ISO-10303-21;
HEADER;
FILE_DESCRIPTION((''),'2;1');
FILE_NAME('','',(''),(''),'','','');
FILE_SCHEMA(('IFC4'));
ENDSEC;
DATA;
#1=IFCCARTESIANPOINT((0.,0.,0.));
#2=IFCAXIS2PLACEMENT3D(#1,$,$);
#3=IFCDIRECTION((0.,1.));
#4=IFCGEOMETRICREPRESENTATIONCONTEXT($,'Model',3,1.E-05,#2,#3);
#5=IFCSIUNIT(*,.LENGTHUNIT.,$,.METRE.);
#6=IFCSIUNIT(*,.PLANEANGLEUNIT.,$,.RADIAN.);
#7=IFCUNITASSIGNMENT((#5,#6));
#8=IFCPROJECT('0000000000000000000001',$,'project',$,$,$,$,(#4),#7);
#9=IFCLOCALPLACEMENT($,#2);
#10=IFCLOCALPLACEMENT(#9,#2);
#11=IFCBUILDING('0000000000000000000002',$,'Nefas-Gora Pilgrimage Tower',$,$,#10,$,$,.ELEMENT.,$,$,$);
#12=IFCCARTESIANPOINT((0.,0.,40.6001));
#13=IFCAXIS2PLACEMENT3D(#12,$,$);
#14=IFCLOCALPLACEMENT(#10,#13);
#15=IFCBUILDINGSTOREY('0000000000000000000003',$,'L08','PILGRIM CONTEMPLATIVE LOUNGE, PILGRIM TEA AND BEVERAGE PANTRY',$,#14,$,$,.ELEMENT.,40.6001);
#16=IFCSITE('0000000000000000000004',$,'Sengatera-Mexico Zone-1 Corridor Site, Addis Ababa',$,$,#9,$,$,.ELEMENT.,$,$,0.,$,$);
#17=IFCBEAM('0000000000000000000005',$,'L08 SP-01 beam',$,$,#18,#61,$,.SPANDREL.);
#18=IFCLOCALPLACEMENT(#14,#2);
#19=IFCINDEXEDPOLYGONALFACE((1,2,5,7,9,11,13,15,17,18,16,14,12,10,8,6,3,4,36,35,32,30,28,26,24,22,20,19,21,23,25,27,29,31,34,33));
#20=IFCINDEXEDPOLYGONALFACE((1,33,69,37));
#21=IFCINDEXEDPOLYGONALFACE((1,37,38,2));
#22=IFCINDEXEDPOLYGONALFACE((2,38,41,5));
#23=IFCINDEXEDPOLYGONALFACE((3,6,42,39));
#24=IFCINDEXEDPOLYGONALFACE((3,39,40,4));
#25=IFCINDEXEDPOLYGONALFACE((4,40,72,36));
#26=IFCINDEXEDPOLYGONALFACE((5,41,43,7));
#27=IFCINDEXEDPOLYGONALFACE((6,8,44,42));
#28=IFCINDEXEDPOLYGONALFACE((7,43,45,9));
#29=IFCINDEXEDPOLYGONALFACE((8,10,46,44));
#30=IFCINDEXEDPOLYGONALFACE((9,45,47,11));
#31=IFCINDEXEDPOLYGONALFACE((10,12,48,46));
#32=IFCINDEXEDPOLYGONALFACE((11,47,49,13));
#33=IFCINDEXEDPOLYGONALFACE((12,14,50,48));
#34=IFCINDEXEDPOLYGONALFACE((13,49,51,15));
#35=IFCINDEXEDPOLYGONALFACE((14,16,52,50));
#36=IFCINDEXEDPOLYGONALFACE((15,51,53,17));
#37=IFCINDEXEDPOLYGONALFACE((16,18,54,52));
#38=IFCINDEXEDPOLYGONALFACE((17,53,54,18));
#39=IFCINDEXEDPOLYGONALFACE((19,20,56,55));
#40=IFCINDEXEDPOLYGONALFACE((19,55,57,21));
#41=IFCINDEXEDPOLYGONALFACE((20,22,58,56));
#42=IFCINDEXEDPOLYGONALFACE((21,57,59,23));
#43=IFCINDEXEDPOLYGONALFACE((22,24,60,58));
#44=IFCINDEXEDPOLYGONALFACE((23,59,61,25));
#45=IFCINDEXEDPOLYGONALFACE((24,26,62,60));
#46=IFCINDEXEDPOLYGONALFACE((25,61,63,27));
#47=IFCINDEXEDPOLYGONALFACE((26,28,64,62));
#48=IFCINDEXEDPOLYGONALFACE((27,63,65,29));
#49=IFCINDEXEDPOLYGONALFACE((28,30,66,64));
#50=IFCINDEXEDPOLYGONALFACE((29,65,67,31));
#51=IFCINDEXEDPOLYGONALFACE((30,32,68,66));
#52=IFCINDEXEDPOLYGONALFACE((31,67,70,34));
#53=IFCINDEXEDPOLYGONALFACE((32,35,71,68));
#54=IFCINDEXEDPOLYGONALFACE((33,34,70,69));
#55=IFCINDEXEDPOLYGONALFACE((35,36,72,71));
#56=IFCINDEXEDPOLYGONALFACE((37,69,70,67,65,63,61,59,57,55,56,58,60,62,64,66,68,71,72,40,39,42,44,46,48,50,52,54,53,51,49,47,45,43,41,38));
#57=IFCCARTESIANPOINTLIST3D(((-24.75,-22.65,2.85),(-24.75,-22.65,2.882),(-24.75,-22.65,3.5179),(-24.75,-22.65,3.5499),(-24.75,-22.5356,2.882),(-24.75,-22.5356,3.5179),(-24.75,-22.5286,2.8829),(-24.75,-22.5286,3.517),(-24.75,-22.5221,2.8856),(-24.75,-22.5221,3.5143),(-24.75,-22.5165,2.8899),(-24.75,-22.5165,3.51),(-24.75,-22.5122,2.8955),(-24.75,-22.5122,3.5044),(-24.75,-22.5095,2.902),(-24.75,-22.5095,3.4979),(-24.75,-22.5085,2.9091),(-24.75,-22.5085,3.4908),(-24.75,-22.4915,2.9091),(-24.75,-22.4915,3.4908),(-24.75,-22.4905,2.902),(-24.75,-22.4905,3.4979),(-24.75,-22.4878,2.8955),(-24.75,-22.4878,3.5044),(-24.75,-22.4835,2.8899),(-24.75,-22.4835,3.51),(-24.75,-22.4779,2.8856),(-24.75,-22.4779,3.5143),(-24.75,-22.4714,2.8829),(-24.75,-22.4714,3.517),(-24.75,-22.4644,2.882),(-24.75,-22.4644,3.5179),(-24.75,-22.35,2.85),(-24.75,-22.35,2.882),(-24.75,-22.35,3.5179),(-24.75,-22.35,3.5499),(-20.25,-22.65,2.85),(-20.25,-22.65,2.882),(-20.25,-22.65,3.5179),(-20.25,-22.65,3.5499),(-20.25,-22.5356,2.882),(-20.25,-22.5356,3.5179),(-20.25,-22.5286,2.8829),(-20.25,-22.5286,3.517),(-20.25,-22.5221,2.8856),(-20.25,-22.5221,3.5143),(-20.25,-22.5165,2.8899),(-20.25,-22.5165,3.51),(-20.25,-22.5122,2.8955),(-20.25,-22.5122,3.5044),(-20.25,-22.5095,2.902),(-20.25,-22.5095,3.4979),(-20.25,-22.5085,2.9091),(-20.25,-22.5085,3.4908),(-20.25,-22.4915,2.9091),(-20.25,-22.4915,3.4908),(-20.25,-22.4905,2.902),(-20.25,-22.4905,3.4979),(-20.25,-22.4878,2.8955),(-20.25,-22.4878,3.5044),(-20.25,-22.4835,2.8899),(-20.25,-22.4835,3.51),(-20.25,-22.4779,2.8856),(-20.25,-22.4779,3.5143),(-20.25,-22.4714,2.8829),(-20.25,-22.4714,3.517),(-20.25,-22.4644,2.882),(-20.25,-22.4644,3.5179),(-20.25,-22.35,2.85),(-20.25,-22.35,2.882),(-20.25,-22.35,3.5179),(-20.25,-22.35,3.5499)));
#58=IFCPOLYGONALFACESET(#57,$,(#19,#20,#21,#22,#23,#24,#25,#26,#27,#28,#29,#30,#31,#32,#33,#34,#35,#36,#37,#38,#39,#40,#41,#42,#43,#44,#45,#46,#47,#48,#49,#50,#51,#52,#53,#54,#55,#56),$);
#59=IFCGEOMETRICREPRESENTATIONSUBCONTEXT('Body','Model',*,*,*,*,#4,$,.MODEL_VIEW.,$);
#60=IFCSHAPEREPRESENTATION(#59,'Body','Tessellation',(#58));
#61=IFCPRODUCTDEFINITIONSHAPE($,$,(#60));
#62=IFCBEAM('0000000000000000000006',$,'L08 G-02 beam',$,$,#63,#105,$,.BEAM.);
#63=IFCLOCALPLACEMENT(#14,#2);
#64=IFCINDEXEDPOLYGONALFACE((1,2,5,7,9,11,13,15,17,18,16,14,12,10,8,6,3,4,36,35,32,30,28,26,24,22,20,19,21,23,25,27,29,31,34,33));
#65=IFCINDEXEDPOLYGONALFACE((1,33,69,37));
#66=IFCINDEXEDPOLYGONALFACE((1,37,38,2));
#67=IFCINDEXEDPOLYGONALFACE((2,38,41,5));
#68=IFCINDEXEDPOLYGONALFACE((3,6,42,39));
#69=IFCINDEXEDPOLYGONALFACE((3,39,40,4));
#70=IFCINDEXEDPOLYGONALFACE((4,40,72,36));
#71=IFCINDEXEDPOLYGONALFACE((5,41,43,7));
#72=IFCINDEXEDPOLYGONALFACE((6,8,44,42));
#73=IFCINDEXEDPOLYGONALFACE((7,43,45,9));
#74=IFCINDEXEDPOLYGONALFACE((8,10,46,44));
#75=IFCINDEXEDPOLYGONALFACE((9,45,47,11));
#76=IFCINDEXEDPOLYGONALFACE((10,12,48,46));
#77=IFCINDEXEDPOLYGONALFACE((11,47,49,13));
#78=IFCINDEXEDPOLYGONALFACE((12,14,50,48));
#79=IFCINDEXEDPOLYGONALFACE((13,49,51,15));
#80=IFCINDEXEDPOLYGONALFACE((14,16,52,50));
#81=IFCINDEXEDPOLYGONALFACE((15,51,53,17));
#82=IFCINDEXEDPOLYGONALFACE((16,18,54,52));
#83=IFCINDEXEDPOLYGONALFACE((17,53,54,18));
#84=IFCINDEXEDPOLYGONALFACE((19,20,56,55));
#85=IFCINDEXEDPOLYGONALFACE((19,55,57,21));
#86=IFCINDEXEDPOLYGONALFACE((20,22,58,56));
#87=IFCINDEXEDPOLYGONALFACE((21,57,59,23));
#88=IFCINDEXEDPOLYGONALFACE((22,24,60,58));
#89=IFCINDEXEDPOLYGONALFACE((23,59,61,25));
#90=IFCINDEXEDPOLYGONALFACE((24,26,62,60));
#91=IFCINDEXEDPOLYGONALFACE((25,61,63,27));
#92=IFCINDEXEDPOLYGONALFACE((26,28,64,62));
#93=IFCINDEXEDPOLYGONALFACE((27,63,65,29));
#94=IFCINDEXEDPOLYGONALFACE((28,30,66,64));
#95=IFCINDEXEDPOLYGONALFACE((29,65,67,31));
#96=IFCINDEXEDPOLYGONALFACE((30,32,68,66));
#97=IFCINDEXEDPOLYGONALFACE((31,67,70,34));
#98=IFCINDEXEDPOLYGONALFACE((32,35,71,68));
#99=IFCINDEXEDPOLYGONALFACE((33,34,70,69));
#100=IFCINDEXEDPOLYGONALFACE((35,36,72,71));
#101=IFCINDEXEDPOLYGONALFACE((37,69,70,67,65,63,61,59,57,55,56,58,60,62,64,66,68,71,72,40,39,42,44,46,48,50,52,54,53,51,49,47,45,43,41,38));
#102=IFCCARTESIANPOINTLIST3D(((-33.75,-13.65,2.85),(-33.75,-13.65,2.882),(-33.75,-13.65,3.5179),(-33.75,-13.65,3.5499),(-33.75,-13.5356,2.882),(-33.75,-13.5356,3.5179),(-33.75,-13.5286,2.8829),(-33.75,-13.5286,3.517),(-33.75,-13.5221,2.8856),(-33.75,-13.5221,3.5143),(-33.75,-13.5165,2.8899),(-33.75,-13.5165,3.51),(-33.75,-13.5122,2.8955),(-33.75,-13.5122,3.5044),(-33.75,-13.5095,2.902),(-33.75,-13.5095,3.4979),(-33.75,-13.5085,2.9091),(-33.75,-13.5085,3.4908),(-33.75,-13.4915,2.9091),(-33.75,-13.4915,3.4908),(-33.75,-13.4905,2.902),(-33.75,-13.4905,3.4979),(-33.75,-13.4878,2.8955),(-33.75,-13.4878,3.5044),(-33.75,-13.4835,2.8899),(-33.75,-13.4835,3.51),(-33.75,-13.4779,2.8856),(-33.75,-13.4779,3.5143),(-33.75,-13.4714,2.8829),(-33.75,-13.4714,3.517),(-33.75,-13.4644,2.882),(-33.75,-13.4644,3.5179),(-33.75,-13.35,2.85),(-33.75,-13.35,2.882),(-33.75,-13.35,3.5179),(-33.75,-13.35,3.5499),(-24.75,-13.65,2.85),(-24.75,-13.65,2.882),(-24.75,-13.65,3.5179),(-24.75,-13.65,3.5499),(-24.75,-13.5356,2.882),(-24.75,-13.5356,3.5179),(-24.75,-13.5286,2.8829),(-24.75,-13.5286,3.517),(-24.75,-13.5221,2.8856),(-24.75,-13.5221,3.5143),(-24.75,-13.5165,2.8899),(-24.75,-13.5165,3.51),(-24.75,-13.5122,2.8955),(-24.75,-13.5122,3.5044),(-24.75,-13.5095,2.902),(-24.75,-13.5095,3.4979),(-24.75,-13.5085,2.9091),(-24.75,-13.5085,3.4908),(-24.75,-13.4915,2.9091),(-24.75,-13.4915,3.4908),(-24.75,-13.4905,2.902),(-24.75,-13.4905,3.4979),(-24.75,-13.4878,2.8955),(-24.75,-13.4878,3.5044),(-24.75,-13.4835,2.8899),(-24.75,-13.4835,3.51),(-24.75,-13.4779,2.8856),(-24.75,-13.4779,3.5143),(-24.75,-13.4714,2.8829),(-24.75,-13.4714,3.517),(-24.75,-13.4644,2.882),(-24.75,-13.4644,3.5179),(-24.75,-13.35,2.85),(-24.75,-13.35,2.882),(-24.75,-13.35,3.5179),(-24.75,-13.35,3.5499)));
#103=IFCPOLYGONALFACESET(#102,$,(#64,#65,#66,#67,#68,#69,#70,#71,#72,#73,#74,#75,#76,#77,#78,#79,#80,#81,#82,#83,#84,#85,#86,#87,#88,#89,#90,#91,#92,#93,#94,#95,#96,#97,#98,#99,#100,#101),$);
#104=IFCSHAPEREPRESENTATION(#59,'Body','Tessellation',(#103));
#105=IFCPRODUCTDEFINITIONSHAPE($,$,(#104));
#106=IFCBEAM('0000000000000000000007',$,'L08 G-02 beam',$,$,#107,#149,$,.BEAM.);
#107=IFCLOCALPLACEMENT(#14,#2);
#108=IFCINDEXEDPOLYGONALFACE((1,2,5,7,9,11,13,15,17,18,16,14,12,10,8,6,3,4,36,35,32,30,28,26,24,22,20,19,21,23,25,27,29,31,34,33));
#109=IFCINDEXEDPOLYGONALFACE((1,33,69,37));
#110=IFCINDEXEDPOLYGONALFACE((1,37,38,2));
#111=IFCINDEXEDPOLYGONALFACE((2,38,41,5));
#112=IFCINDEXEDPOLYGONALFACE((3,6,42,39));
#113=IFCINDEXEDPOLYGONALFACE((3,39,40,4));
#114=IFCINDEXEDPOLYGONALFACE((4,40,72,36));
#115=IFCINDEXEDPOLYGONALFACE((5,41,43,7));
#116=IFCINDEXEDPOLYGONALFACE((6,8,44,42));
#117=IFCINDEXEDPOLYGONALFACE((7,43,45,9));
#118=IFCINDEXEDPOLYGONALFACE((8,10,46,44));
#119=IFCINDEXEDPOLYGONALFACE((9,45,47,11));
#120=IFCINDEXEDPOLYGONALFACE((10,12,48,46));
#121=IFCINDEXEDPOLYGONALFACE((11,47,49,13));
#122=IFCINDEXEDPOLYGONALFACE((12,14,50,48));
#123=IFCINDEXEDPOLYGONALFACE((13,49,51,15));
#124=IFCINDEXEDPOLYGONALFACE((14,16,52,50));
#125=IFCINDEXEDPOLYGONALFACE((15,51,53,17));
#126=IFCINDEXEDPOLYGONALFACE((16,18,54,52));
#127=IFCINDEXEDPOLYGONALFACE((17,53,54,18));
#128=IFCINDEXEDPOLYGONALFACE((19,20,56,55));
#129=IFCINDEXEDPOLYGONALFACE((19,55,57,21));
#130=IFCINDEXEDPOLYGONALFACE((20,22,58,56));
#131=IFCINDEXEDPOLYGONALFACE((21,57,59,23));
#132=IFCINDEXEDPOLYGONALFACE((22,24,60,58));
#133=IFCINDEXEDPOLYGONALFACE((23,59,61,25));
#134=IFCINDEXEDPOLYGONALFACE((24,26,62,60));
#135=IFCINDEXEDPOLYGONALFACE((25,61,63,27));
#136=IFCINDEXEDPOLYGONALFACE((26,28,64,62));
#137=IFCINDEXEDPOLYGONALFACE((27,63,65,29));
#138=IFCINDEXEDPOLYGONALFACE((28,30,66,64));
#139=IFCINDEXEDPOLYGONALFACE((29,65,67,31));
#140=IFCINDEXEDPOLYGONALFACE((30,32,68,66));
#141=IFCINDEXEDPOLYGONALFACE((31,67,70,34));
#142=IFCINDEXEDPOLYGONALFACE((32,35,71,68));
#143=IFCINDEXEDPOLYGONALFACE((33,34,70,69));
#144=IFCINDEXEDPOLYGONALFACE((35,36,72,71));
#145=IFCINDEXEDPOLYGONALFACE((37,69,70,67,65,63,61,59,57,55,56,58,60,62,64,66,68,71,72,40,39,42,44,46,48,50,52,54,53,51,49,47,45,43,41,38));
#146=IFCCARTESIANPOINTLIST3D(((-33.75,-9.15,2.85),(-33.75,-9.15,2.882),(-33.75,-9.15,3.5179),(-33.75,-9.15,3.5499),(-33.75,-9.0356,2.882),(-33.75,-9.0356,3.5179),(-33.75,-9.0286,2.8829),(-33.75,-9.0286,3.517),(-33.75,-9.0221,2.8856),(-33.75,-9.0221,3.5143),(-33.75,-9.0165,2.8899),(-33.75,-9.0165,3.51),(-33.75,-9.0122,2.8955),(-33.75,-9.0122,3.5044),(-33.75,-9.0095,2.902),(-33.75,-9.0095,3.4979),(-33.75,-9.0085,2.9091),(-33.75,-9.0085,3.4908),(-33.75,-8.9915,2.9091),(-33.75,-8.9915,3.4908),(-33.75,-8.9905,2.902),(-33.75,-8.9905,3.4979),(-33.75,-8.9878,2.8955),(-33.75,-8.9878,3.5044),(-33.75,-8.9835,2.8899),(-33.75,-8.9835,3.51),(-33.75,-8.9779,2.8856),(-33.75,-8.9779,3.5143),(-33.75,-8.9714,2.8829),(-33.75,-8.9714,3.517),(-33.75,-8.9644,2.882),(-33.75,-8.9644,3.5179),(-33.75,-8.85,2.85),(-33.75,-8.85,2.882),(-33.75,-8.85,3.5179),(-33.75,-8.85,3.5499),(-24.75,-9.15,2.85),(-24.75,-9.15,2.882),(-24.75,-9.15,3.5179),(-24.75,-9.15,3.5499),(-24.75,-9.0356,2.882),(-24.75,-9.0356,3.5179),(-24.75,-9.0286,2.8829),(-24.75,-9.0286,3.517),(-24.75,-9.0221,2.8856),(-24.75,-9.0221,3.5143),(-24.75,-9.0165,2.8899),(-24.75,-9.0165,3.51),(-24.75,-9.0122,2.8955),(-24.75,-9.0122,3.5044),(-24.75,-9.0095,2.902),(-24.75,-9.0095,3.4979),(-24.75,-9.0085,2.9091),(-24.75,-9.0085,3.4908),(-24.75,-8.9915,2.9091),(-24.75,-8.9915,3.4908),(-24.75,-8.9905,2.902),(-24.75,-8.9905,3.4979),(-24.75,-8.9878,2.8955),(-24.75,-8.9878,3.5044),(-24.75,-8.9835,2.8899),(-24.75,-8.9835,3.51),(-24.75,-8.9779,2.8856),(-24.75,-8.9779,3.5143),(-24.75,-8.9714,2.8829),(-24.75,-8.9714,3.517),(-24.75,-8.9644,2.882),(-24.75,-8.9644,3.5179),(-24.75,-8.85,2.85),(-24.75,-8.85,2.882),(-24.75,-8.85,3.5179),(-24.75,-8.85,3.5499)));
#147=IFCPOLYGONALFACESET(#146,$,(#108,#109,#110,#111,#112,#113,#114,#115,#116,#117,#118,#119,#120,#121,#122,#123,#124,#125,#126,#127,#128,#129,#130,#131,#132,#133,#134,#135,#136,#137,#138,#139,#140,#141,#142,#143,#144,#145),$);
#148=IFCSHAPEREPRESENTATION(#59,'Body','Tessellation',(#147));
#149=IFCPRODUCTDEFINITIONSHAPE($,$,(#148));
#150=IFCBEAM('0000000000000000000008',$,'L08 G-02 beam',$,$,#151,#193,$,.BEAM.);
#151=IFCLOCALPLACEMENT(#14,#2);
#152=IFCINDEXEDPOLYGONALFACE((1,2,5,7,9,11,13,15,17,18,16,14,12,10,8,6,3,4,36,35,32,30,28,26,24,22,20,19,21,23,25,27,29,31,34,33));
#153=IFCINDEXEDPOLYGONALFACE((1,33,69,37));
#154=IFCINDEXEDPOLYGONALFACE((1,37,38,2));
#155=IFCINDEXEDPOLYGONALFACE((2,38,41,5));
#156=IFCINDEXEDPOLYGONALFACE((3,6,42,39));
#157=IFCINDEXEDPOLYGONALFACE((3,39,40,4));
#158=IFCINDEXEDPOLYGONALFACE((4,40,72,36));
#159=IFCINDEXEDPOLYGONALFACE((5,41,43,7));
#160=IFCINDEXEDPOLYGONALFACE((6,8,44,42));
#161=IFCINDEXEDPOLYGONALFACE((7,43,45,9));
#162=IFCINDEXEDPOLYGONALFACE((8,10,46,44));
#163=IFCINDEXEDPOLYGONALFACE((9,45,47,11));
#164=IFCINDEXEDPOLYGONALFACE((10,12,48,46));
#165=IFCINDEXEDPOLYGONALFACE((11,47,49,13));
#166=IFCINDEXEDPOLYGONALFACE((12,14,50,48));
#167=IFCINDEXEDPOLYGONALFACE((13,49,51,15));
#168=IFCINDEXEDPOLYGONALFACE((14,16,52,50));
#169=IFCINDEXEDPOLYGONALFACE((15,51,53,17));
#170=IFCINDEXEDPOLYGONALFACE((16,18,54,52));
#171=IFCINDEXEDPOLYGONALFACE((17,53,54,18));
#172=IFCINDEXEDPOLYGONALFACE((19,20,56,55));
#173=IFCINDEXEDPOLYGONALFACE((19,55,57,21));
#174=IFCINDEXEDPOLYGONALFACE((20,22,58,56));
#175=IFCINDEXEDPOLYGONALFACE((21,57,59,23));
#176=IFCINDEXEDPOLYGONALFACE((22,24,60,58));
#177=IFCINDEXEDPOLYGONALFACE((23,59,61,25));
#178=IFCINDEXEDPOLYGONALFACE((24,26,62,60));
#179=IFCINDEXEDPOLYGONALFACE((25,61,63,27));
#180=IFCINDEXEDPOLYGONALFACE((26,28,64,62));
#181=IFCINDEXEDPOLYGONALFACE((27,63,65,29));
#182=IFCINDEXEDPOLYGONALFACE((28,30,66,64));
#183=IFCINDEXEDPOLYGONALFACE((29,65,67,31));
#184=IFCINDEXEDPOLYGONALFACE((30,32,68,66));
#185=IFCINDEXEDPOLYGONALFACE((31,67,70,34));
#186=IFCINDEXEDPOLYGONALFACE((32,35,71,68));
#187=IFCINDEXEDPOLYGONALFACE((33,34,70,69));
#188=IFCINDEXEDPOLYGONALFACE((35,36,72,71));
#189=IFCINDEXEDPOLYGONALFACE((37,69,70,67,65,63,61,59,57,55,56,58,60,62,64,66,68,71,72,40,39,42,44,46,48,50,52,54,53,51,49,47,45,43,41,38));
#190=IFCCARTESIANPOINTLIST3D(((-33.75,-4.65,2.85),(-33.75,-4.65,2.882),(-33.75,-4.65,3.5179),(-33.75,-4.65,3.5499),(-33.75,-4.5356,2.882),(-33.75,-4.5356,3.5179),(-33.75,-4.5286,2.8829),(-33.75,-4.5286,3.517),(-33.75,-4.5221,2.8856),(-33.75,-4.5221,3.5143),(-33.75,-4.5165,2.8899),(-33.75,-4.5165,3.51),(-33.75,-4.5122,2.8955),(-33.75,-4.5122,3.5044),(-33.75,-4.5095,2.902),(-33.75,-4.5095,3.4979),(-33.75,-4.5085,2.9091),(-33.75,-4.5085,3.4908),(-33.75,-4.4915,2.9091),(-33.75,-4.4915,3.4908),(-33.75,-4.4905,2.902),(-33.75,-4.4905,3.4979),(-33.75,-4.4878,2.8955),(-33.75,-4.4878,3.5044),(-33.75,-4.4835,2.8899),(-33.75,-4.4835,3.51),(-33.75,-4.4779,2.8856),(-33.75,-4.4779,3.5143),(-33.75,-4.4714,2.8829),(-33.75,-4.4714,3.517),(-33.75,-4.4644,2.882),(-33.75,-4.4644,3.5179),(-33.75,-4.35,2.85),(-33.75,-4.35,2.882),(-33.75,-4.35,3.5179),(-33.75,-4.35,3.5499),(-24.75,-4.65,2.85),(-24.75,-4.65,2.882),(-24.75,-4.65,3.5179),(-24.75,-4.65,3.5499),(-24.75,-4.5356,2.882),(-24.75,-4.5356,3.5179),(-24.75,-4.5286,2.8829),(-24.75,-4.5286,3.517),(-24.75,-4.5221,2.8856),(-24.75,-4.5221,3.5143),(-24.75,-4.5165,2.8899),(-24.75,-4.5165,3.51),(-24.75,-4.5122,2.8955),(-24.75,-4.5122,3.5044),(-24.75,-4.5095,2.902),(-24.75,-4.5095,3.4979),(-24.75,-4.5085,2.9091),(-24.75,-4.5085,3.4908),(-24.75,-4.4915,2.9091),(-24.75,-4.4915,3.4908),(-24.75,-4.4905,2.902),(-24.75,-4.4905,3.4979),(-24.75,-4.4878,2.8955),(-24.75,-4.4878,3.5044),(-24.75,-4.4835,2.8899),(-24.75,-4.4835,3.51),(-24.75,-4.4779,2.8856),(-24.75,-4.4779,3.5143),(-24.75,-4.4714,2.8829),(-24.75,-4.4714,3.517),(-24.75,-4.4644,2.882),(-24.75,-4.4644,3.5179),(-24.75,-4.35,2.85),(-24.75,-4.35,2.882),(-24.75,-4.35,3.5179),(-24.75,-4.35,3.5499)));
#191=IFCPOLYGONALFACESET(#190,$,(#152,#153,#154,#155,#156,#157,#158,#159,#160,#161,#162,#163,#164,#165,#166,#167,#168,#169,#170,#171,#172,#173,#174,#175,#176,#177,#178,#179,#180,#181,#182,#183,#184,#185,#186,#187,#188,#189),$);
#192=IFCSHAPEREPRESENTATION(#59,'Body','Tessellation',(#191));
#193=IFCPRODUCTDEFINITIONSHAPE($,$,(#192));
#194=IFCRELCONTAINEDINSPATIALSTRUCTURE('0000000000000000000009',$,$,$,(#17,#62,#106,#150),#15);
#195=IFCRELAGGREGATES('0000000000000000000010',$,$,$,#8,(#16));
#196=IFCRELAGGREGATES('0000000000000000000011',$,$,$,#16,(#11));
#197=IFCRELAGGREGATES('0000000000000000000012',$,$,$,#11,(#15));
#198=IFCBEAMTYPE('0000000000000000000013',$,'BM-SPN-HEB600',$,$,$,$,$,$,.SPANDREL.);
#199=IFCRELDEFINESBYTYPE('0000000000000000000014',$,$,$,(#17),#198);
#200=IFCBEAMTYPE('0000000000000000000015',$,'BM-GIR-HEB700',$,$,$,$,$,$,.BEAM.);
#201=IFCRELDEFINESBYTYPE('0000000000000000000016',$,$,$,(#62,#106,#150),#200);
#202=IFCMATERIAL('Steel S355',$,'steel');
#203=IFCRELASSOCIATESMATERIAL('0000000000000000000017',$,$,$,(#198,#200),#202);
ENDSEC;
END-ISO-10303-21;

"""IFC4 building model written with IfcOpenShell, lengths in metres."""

from ifc_helpers import new_model, si_unit, direction, frame, origin, origin_2d, place, context, subcontext, project, spatial, i_section, extrude, source, transform, mapped, material, material_profile, profile_set, type_object, element, save


model = new_model("IFC4")

# Units and contexts
model_context = context("Model", 3, precision=1e-05, world=origin(), true_north=direction((0.0, 1.0)))
body_context = subcontext(model_context, "Body", "Model", "MODEL_VIEW")
ifc_project = project(units=[si_unit("LENGTHUNIT", "METRE"), si_unit("PLANEANGLEUNIT", "RADIAN")], contexts=[model_context])

# Site, building, storey
site_placement = place(None, origin())
site = spatial("IfcSite", under=ifc_project, at=site_placement, Name="Sengatera-Mexico Zone-1 Corridor Site, Addis Ababa", CompositionType="ELEMENT", RefElevation=0.0)
building_placement = place(site_placement, origin())
building = spatial("IfcBuilding", under=site, at=building_placement, Name="Nefas-Gora Pilgrimage Tower", CompositionType="ELEMENT")
storey_placement = place(building_placement, frame((0.0, 0.0, 40.6001)))
storey = spatial("IfcBuildingStorey", under=building, at=storey_placement, Name="L08", Description="PILGRIM CONTEMPLATIVE LOUNGE, PILGRIM TEA AND BEVERAGE PANTRY", CompositionType="ELEMENT", Elevation=40.6001)

# Beams
ifc_material_1 = material(Name="Steel S355", Category="steel")
ifc_material_profile_1 = material_profile(ifc_material_1, i_section(OverallWidth=0.3, OverallDepth=0.7, WebThickness=0.0171, FlangeThickness=0.032, FilletRadius=0.0271, at=origin_2d()), Name="HEB 700")
ifc_profile_set_1 = profile_set([ifc_material_profile_1], Name="Steel S355")
beam_type_1 = type_object("IfcBeamType", Name="BM-SPN-HEB600", PredefinedType="SPANDREL", material=ifc_profile_set_1)
shared_shape_1 = source(origin(), body_context, "Body", "SweptSolid", [
    extrude(i_section(OverallWidth=0.3, OverallDepth=0.7, WebThickness=0.0171, FlangeThickness=0.032, FilletRadius=0.0271, at=origin_2d()), origin(), (0.0, 0.0, 1.0), 4.5),
])
for number, where, z_axis, x_axis, name in (
    (1, (-24.75, -22.5, 3.2), (1.0, 0.0, 0.0), (0.0, 1.0, 0.0), "L08 SP-01 beam"),
):
    element("IfcBeam", number, at=place(storey_placement, frame(where, z_axis=z_axis, x_axis=x_axis)), inside=storey, type_object=beam_type_1, Name=name, PredefinedType="SPANDREL", context=body_context, shape_type="MappedRepresentation", body=[
        mapped(shared_shape_1, transform((0.0, 0.0, 0.0), x_axis=(1.0, 0.0, 0.0), y_axis=(0.0, 1.0, 0.0), z_axis=(0.0, 0.0, 1.0), scale=1.0)),
    ])
ifc_material_profile_2 = material_profile(ifc_material_1, i_section(OverallWidth=0.3, OverallDepth=0.7, WebThickness=0.0171, FlangeThickness=0.032, FilletRadius=0.0271, at=origin_2d()), Name="HEB 700")
ifc_profile_set_2 = profile_set([ifc_material_profile_2], Name="Steel S355")
beam_type_2 = type_object("IfcBeamType", Name="BM-GIR-HEB700", PredefinedType="BEAM", material=ifc_profile_set_2)
shared_shape_2 = source(origin(), body_context, "Body", "SweptSolid", [
    extrude(i_section(OverallWidth=0.3, OverallDepth=0.7, WebThickness=0.0171, FlangeThickness=0.032, FilletRadius=0.0271, at=origin_2d()), origin(), (0.0, 0.0, 1.0), 9.0),
])
for number, where, z_axis, x_axis, name in (
    (2, (-33.75, -13.5, 3.2), (1.0, 0.0, 0.0), (0.0, 1.0, 0.0), "L08 G-02 beam"),
    (3, (-33.75, -9.0, 3.2), (1.0, 0.0, 0.0), (0.0, 1.0, 0.0), "L08 G-02 beam"),
    (4, (-33.75, -4.5, 3.2), (1.0, 0.0, 0.0), (0.0, 1.0, 0.0), "L08 G-02 beam"),
):
    element("IfcBeam", number, at=place(storey_placement, frame(where, z_axis=z_axis, x_axis=x_axis)), inside=storey, type_object=beam_type_2, Name=name, PredefinedType="BEAM", context=body_context, shape_type="MappedRepresentation", body=[
        mapped(shared_shape_2, transform((0.0, 0.0, 0.0), x_axis=(1.0, 0.0, 0.0), y_axis=(0.0, 1.0, 0.0), z_axis=(0.0, 0.0, 1.0), scale=1.0)),
    ])

save(model, "model.ifc")
